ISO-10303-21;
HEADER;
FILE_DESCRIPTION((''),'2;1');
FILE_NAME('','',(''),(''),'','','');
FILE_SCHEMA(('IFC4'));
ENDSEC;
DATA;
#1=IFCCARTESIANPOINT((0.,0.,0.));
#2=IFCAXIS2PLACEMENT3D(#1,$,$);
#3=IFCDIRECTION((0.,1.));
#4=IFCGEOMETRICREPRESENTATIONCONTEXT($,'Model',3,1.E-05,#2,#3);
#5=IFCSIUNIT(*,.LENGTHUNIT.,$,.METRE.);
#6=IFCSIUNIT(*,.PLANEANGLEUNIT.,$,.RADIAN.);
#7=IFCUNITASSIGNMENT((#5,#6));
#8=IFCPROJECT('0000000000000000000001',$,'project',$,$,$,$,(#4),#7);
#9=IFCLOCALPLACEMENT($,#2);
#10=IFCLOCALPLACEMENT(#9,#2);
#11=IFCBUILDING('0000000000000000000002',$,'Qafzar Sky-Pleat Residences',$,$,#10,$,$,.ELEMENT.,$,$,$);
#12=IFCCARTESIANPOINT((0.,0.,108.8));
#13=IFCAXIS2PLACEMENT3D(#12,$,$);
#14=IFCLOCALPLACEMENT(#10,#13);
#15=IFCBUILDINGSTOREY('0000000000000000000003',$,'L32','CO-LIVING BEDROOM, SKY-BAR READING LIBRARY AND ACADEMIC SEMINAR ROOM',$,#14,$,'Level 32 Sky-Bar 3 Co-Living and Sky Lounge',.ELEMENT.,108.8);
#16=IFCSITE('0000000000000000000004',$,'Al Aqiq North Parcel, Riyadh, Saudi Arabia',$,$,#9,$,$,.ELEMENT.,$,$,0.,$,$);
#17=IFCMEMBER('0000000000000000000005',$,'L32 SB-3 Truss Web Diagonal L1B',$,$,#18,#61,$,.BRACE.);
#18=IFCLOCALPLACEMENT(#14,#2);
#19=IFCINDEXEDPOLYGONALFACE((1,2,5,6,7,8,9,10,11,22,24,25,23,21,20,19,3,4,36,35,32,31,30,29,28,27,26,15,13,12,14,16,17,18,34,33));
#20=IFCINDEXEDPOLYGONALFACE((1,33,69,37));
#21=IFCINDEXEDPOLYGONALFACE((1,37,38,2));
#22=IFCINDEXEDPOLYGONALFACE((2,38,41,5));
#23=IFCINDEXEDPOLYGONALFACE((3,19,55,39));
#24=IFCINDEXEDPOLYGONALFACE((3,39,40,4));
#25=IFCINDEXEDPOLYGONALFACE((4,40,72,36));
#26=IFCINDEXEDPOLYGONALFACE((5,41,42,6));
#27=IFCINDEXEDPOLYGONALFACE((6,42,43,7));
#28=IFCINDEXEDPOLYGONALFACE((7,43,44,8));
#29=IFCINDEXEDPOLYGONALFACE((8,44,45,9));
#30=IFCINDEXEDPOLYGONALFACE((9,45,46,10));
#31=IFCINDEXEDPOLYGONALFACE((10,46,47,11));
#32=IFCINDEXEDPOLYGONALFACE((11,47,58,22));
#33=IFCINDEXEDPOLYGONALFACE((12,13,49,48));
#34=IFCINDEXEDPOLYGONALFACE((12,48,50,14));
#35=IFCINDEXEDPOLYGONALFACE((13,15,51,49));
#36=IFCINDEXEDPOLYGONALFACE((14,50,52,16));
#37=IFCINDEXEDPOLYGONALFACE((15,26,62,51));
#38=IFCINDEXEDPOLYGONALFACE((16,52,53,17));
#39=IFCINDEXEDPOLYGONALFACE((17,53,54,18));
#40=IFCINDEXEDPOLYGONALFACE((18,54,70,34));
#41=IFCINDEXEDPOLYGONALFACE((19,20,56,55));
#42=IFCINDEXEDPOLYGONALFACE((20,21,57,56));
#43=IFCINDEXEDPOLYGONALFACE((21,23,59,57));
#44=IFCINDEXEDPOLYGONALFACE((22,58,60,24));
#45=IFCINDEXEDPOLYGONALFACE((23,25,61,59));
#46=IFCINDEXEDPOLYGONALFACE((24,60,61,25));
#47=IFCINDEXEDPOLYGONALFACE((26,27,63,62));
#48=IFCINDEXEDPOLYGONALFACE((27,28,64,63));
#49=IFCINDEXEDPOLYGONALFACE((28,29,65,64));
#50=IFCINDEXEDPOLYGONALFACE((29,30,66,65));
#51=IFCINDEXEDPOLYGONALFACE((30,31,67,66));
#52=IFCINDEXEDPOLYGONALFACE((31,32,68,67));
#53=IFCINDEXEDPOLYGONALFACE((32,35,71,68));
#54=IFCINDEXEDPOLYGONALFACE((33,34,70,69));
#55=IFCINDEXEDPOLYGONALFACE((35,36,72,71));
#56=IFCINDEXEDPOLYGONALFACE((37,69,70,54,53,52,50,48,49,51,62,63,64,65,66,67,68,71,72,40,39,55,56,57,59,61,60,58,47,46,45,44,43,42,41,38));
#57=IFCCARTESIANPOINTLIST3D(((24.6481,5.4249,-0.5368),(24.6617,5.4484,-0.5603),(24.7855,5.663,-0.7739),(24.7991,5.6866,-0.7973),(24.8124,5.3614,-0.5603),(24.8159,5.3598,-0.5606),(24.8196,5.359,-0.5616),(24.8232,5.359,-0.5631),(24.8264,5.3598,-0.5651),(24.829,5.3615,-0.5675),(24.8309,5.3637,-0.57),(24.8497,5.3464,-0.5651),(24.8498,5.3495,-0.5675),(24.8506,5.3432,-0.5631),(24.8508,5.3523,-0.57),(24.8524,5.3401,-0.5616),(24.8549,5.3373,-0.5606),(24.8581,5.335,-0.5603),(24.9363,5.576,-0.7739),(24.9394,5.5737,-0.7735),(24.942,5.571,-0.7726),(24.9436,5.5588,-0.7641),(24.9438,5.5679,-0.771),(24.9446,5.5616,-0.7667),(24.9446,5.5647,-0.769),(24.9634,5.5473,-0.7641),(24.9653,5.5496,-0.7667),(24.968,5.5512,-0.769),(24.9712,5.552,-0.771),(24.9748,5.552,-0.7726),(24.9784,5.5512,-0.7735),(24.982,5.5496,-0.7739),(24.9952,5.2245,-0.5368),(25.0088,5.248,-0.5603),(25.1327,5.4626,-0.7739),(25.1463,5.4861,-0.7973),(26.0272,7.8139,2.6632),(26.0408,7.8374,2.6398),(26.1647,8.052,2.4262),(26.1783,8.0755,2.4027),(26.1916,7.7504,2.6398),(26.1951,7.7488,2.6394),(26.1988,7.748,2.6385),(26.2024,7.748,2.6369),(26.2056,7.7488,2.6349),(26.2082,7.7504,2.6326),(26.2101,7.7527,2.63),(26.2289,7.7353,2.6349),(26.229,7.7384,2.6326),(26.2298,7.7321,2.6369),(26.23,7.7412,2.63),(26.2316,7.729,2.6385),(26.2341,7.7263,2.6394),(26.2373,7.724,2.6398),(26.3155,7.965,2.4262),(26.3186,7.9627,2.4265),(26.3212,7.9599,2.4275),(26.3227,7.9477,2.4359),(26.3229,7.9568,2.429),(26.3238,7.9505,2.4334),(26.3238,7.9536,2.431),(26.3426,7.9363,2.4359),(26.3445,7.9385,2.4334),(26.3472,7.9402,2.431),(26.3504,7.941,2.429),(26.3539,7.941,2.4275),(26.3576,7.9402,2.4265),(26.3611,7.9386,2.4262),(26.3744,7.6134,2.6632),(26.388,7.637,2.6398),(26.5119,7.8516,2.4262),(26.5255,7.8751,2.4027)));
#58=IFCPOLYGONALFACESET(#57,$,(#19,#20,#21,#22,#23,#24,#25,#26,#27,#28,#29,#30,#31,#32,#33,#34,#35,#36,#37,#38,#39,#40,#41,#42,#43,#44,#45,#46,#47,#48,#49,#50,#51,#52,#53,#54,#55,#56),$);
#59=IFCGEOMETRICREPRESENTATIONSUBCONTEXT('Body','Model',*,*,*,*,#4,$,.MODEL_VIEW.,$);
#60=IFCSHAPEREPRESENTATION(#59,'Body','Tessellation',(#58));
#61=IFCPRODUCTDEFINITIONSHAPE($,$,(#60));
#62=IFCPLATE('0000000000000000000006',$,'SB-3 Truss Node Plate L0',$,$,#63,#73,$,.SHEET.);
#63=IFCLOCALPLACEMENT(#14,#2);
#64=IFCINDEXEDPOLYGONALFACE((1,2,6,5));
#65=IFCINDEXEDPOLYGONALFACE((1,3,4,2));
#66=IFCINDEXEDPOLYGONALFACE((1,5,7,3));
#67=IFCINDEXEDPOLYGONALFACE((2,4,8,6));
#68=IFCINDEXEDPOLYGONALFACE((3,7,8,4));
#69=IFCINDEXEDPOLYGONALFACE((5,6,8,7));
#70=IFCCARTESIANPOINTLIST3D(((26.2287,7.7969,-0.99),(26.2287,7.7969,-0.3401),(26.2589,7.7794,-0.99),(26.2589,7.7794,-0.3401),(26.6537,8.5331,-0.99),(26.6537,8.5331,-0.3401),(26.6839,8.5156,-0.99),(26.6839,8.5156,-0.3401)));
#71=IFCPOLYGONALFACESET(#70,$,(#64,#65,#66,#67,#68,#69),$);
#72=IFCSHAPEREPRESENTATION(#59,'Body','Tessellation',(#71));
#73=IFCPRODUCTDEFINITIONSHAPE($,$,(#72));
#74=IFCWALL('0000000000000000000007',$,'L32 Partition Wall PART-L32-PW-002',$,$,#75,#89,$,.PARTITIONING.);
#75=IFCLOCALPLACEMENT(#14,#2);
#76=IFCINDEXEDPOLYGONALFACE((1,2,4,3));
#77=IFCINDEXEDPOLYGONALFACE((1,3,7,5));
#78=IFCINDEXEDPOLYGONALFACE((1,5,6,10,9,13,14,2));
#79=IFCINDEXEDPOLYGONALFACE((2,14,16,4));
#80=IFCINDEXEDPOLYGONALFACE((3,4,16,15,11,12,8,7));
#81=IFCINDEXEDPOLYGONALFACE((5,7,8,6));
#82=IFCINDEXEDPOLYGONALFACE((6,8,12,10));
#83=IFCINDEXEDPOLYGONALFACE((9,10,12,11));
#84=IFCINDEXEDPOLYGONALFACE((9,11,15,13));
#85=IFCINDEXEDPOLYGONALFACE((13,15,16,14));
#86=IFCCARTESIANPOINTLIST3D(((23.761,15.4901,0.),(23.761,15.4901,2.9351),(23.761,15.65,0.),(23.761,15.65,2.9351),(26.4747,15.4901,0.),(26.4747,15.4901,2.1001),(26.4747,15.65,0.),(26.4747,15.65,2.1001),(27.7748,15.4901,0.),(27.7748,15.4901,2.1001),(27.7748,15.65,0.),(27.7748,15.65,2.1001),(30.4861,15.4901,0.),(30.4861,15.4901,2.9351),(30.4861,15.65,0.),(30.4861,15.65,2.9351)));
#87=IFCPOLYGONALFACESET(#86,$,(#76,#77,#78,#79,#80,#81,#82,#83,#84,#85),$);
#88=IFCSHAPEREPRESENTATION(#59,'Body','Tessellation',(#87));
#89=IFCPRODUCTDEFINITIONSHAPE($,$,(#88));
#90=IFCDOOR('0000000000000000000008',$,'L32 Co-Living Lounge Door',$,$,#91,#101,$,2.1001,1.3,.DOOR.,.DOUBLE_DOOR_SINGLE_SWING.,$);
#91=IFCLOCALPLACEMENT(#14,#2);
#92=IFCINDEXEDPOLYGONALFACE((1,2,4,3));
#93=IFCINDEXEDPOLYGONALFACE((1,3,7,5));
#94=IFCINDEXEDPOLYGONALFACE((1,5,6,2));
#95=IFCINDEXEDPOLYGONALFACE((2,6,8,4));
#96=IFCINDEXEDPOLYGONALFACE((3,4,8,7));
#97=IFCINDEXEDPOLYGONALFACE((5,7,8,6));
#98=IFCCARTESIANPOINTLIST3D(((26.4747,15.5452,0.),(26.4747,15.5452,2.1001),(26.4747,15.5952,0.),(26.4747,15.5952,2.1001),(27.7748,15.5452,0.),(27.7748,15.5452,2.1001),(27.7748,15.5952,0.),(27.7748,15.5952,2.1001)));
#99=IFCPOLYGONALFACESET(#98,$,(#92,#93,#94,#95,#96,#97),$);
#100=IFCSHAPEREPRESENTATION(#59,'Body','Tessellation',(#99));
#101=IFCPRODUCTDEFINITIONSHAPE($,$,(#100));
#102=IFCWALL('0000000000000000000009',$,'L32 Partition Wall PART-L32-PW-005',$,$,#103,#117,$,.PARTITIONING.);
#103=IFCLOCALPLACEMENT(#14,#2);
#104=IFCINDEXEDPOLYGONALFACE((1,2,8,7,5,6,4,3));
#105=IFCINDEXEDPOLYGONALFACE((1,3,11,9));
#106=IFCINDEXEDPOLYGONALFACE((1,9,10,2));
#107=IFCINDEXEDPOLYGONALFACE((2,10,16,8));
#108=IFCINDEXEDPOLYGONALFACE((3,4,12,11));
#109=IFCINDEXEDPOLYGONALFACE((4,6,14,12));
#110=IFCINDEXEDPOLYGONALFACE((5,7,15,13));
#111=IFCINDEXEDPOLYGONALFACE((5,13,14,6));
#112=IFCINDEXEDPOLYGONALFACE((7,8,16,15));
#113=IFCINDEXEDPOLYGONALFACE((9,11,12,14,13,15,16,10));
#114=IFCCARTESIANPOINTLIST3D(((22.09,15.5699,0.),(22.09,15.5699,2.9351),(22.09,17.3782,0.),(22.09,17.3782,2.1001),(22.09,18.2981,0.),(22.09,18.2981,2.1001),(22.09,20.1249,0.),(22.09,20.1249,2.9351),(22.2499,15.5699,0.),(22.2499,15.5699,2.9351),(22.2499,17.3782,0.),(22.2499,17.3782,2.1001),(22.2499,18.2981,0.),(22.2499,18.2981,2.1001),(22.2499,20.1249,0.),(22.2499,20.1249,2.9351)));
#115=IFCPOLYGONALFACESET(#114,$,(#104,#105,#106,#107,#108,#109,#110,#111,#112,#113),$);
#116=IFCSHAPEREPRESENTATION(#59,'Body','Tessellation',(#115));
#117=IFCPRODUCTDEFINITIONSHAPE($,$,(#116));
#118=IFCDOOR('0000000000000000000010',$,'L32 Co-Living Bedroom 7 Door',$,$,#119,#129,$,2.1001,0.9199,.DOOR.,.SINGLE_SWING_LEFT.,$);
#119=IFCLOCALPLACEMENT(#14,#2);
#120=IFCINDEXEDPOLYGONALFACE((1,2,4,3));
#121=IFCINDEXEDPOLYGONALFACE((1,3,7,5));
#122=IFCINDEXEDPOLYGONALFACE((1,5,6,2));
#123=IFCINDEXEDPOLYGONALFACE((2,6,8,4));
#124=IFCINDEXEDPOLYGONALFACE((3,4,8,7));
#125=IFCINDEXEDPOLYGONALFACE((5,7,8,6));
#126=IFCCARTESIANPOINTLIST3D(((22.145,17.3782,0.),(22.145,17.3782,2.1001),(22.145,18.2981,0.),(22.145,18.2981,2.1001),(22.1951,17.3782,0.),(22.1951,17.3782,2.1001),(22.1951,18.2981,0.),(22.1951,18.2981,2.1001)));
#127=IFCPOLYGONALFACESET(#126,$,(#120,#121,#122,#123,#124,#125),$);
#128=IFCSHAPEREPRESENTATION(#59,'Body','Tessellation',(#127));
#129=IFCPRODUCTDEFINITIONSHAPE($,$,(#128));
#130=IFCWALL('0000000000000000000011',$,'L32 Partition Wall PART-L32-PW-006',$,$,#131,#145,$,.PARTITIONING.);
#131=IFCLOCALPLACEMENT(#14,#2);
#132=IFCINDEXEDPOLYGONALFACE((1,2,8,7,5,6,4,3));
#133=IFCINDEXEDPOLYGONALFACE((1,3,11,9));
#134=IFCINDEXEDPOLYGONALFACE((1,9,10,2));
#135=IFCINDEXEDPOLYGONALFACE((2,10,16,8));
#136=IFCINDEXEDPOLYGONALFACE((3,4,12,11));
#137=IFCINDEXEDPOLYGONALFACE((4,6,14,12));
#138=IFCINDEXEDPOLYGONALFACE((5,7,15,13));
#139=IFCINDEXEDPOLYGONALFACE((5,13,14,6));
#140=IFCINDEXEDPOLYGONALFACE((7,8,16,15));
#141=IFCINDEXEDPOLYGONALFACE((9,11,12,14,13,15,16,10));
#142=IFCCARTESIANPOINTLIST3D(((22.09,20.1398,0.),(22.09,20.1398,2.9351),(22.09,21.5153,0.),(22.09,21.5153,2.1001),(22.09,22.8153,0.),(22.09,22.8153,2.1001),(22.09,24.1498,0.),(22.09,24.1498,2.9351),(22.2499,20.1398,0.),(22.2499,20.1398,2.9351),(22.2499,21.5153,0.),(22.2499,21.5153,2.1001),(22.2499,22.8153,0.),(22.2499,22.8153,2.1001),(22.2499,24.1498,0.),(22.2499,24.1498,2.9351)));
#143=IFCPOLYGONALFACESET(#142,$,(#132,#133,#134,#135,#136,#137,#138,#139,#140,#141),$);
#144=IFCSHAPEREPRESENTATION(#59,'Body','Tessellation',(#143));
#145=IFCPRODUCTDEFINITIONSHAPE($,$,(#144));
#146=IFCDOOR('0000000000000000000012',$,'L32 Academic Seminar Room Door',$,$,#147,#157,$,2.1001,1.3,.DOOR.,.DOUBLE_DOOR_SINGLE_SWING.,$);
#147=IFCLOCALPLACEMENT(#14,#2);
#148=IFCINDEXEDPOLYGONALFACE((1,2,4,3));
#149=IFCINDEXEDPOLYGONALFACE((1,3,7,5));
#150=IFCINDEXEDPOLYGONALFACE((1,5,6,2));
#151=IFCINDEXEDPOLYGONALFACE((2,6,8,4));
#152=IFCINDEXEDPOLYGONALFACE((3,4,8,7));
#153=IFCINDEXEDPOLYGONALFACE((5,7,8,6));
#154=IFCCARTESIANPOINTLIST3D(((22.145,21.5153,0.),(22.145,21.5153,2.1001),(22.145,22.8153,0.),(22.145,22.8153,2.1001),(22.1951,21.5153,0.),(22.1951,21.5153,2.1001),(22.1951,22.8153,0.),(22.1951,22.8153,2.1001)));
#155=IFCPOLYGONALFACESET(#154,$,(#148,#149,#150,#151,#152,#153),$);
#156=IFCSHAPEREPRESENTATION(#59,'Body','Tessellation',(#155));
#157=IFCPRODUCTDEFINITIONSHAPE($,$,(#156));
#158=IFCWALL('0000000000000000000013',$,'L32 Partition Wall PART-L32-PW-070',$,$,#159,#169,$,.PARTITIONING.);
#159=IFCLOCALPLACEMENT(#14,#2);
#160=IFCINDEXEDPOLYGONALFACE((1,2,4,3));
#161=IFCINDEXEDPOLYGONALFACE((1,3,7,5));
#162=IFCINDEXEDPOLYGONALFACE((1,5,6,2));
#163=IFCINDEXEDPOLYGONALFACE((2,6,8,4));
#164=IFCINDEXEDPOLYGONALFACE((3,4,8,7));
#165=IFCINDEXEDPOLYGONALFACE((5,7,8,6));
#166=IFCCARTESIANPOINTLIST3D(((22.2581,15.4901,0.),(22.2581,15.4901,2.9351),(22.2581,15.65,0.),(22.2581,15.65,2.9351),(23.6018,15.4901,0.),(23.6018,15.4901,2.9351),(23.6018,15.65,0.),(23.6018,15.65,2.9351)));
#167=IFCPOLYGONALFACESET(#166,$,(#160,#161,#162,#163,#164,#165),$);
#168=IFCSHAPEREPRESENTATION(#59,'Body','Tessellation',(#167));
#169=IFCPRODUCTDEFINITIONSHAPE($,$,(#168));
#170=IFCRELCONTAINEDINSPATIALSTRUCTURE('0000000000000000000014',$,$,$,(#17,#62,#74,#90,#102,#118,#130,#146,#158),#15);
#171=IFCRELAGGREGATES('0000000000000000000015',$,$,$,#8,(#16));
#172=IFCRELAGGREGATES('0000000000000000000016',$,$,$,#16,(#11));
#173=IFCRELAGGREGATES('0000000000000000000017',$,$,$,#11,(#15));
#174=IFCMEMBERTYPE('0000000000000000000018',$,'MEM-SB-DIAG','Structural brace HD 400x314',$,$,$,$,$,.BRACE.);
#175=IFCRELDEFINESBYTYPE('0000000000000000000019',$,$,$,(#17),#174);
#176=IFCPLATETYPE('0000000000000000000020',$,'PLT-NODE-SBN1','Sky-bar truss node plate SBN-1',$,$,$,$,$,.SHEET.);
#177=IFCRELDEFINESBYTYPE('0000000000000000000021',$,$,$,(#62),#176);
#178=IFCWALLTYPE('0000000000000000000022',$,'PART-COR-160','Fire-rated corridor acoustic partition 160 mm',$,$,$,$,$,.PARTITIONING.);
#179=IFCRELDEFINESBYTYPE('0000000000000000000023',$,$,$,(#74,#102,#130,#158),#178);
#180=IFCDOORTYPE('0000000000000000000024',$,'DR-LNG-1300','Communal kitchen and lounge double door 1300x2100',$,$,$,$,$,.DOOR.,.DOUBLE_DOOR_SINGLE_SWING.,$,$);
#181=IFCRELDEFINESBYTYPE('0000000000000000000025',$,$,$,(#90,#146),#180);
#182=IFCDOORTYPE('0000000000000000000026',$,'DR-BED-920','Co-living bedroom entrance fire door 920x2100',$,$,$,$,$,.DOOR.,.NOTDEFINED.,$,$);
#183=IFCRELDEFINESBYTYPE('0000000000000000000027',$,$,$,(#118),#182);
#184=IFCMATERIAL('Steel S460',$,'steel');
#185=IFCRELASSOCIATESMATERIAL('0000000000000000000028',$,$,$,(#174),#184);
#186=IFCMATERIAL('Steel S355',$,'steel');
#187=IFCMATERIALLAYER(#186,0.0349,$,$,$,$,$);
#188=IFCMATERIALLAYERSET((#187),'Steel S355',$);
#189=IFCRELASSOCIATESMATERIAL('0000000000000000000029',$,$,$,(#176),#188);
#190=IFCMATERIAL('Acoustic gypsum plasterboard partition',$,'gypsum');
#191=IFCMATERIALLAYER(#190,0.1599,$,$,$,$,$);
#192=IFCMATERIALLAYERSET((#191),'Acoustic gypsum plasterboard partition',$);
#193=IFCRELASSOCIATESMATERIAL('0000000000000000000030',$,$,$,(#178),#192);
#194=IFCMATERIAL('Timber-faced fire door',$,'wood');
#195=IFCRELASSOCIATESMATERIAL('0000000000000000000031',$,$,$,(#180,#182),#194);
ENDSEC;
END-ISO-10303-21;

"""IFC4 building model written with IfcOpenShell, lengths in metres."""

from ifc_helpers import new_model, si_unit, direction, frame, frame_2d, origin, origin_2d, place, context, subcontext, project, spatial, rectangle, i_section, extrude, source, transform, mapped, material, layer, layer_set, material_profile, profile_set, type_object, element, fill, save


model = new_model("IFC4")

# Units and contexts
model_context = context("Model", 3, precision=1e-05, world=origin(), true_north=direction((0.0, 1.0)))
body_context = subcontext(model_context, "Body", "Model", "MODEL_VIEW")
ifc_project = project(units=[si_unit("LENGTHUNIT", "METRE"), si_unit("PLANEANGLEUNIT", "RADIAN")], contexts=[model_context])

# Site, building, storey
site_placement = place(None, origin())
site = spatial("IfcSite", under=ifc_project, at=site_placement, Name="Al Aqiq North Parcel, Riyadh, Saudi Arabia", CompositionType="ELEMENT", RefElevation=0.0)
building_placement = place(site_placement, origin())
building = spatial("IfcBuilding", under=site, at=building_placement, Name="Qafzar Sky-Pleat Residences", CompositionType="ELEMENT")
storey_placement = place(building_placement, frame((0.0, 0.0, 108.8)))
storey = spatial("IfcBuildingStorey", under=building, at=storey_placement, Name="L32", Description="CO-LIVING BEDROOM, SKY-BAR READING LIBRARY AND ACADEMIC SEMINAR ROOM", LongName="Level 32 Sky-Bar 3 Co-Living and Sky Lounge", CompositionType="ELEMENT", Elevation=108.8)

# Shared definitions
ifc_material_1 = material(Name="Steel S355", Category="steel")
ifc_material_2 = material(Name="Steel S460", Category="steel")

# Member
ifc_material_profile_1 = material_profile(ifc_material_2, i_section(OverallWidth=0.4009, OverallDepth=0.3989, WebThickness=0.0229, FlangeThickness=0.0359, FilletRadius=0.0149, at=origin_2d()), Name="HD 400x314")
ifc_profile_set_1 = profile_set([ifc_material_profile_1], Name="Steel S460")
member_type_1 = type_object("IfcMemberType", Name="MEM-SB-DIAG", Description="Structural brace HD 400x314", PredefinedType="BRACE", material=ifc_profile_set_1)
shared_shape_1 = source(origin(), body_context, "Body", "SweptSolid", [
    extrude(i_section(OverallWidth=0.4009, OverallDepth=0.3989, WebThickness=0.0229, FlangeThickness=0.0359, FilletRadius=0.0149, at=origin_2d()), origin(), (0.0, 0.0, 1.0), 4.2249),
])
for number, where, z_axis, x_axis, name in (
    (1, (26.2764, 7.8445, 2.533), (-0.326444, -0.565455, -0.757427), (0.86604, -0.499975, 0.0), "L32 SB-3 Truss Web Diagonal L1B"),
):
    element("IfcMember", number, at=place(storey_placement, frame(where, z_axis=z_axis, x_axis=x_axis)), inside=storey, type_object=member_type_1, Name=name, PredefinedType="BRACE", context=body_context, shape_type="MappedRepresentation", body=[
        mapped(shared_shape_1, transform((0.0, 0.0, 0.0), x_axis=(1.0, 0.0, 0.0), y_axis=(0.0, 1.0, 0.0), z_axis=(0.0, 0.0, 1.0), scale=1.0)),
    ])

# Plate
ifc_layer_1 = layer(ifc_material_1, 0.0349)
ifc_layer_set_1 = layer_set([ifc_layer_1], Name="Steel S355")
plate_type = type_object("IfcPlateType", Name="PLT-NODE-SBN1", Description="Sky-bar truss node plate SBN-1", PredefinedType="SHEET", material=ifc_layer_set_1)
shared_shape_2 = source(origin(), body_context, "Body", "SweptSolid", [
    extrude(rectangle(XDim=0.8501, YDim=0.0349, at=origin_2d()), origin(), (0.0, 0.0, 1.0), 0.6499),
])
plate_placement = place(storey_placement, frame((26.4563, 8.1562, -0.99), z_axis=(0.0, 0.0, 1.0), x_axis=(-0.5, -0.866025, 0.0)))
element("IfcPlate", 2, at=plate_placement, inside=storey, type_object=plate_type, Name="SB-3 Truss Node Plate L0", PredefinedType="SHEET", context=body_context, shape_type="MappedRepresentation", body=[
    mapped(shared_shape_2, transform((0.0, 0.0, 0.0), x_axis=(1.0, 0.0, 0.0), y_axis=(0.0, 1.0, 0.0), z_axis=(0.0, 0.0, 1.0), scale=1.0)),
])

# Walls, openings, doors
ifc_material_3 = material(Name="Acoustic gypsum plasterboard partition", Category="gypsum")
ifc_layer_2 = layer(ifc_material_3, 0.1599)
ifc_layer_set_2 = layer_set([ifc_layer_2], Name="Acoustic gypsum plasterboard partition")
wall_type_1 = type_object("IfcWallType", Name="PART-COR-160", Description="Fire-rated corridor acoustic partition 160 mm", PredefinedType="PARTITIONING", material=ifc_layer_set_2)
wall_1_placement = place(storey_placement, frame((30.4861, 15.5701, 0.0), z_axis=(0.0, 0.0, 1.0), x_axis=(-1.0, 0.0, 0.0)))
wall_1 = element("IfcWall", 3, at=wall_1_placement, inside=storey, type_object=wall_type_1, Name="L32 Partition Wall PART-L32-PW-002", PredefinedType="PARTITIONING", context=body_context, shape_type="SweptSolid", body=[
    extrude(rectangle(XDim=6.7251, YDim=0.1599, at=frame_2d((3.3625, 0.0))), origin(), (0.0, 0.0, 1.0), 2.9351),
])
opening_1_placement = place(wall_1_placement, frame((2.7114, 0.0, 0.0)))
opening_1 = element("IfcOpeningElement", 4, at=opening_1_placement, cuts=wall_1, PredefinedType="OPENING", context=body_context, shape_type="SweptSolid", body=[
    extrude(rectangle(XDim=1.3, YDim=2.1001, at=frame_2d((0.6499, 1.05))), frame((0.0, 0.0898, 0.0), z_axis=(0.0, -1.0, 0.0), x_axis=(1.0, 0.0, 0.0)), (0.0, 0.0, 1.0), 0.1799),
])
ifc_material_4 = material(Name="Timber-faced fire door", Category="wood")
door_type_1 = type_object("IfcDoorType", Name="DR-LNG-1300", Description="Communal kitchen and lounge double door 1300x2100", OperationType="DOUBLE_DOOR_SINGLE_SWING", PredefinedType="DOOR", material=ifc_material_4)
shared_shape_3 = source(origin(), body_context, "Body", "SweptSolid", [
    extrude(rectangle(XDim=1.3, YDim=2.1001, at=frame_2d((0.6499, 1.05))), frame((0.0, 0.0249, 0.0), z_axis=(0.0, -1.0, 0.0), x_axis=(1.0, 0.0, 0.0)), (0.0, 0.0, 1.0), 0.05),
])
door_1_placement = place(opening_1_placement, origin())
door_1 = element("IfcDoor", 5, at=door_1_placement, inside=storey, type_object=door_type_1, Name="L32 Co-Living Lounge Door", OperationType="DOUBLE_DOOR_SINGLE_SWING", OverallHeight=2.1001, OverallWidth=1.3, PredefinedType="DOOR", context=body_context, shape_type="MappedRepresentation", body=[
    mapped(shared_shape_3, transform((0.0, 0.0, 0.0), x_axis=(1.0, 0.0, 0.0), y_axis=(0.0, 1.0, 0.0), z_axis=(0.0, 0.0, 1.0), scale=1.0)),
])
fill(opening_1, door_1)
wall_2_placement = place(storey_placement, frame((22.1699, 15.5701, 0.0), z_axis=(0.0, 0.0, 1.0), x_axis=(0.0, 1.0, 0.0)))
wall_2 = element("IfcWall", 6, at=wall_2_placement, inside=storey, type_object=wall_type_1, Name="L32 Partition Wall PART-L32-PW-005", PredefinedType="PARTITIONING", context=body_context, shape_type="SweptSolid", body=[
    extrude(rectangle(XDim=4.5549, YDim=0.1599, at=frame_2d((2.2773, 0.0))), origin(), (0.0, 0.0, 1.0), 2.9351),
])
opening_2_placement = place(wall_2_placement, frame((1.8081, 0.0, 0.0)))
opening_2 = element("IfcOpeningElement", 7, at=opening_2_placement, cuts=wall_2, PredefinedType="OPENING", context=body_context, shape_type="SweptSolid", body=[
    extrude(rectangle(XDim=0.9199, YDim=2.1001, at=frame_2d((0.46, 1.05))), frame((0.0, 0.0898, 0.0), z_axis=(0.0, -1.0, 0.0), x_axis=(1.0, 0.0, 0.0)), (0.0, 0.0, 1.0), 0.1799),
])
door_type_2 = type_object("IfcDoorType", Name="DR-BED-920", Description="Co-living bedroom entrance fire door 920x2100", OperationType="NOTDEFINED", PredefinedType="DOOR", material=ifc_material_4)
shared_shape_4 = source(origin(), body_context, "Body", "SweptSolid", [
    extrude(rectangle(XDim=0.9199, YDim=2.1001, at=frame_2d((0.46, 1.05))), frame((0.0, 0.0249, 0.0), z_axis=(0.0, -1.0, 0.0), x_axis=(1.0, 0.0, 0.0)), (0.0, 0.0, 1.0), 0.05),
])
door_2_placement = place(opening_2_placement, origin())
door_2 = element("IfcDoor", 8, at=door_2_placement, inside=storey, type_object=door_type_2, Name="L32 Co-Living Bedroom 7 Door", OperationType="SINGLE_SWING_LEFT", OverallHeight=2.1001, OverallWidth=0.9199, PredefinedType="DOOR", context=body_context, shape_type="MappedRepresentation", body=[
    mapped(shared_shape_4, transform((0.0, 0.0, 0.0), x_axis=(1.0, 0.0, 0.0), y_axis=(0.0, 1.0, 0.0), z_axis=(0.0, 0.0, 1.0), scale=1.0)),
])
fill(opening_2, door_2)
wall_3_placement = place(storey_placement, frame((22.1699, 20.1399, 0.0), z_axis=(0.0, 0.0, 1.0), x_axis=(0.0, 1.0, 0.0)))
wall_3 = element("IfcWall", 9, at=wall_3_placement, inside=storey, type_object=wall_type_1, Name="L32 Partition Wall PART-L32-PW-006", PredefinedType="PARTITIONING", context=body_context, shape_type="SweptSolid", body=[
    extrude(rectangle(XDim=4.01, YDim=0.1599, at=frame_2d((2.0049, 0.0))), origin(), (0.0, 0.0, 1.0), 2.9351),
])
opening_3_placement = place(wall_3_placement, frame((1.3755, 0.0, 0.0)))
opening_3 = element("IfcOpeningElement", 10, at=opening_3_placement, cuts=wall_3, PredefinedType="OPENING", context=body_context, shape_type="SweptSolid", body=[
    extrude(rectangle(XDim=1.3, YDim=2.1001, at=frame_2d((0.6499, 1.05))), frame((0.0, 0.0898, 0.0), z_axis=(0.0, -1.0, 0.0), x_axis=(1.0, 0.0, 0.0)), (0.0, 0.0, 1.0), 0.1799),
])
door_3_placement = place(opening_3_placement, origin())
door_3 = element("IfcDoor", 11, at=door_3_placement, inside=storey, type_object=door_type_1, Name="L32 Academic Seminar Room Door", OperationType="DOUBLE_DOOR_SINGLE_SWING", OverallHeight=2.1001, OverallWidth=1.3, PredefinedType="DOOR", context=body_context, shape_type="MappedRepresentation", body=[
    mapped(shared_shape_3, transform((0.0, 0.0, 0.0), x_axis=(1.0, 0.0, 0.0), y_axis=(0.0, 1.0, 0.0), z_axis=(0.0, 0.0, 1.0), scale=1.0)),
])
fill(opening_3, door_3)

# Wall
wall_4_placement = place(storey_placement, frame((22.2581, 15.5701, 0.0), z_axis=(0.0, 0.0, 1.0), x_axis=(1.0, 0.0, 0.0)))
element("IfcWall", 12, at=wall_4_placement, inside=storey, type_object=wall_type_1, Name="L32 Partition Wall PART-L32-PW-070", PredefinedType="PARTITIONING", context=body_context, shape_type="SweptSolid", body=[
    extrude(rectangle(XDim=1.3438, YDim=0.1599, at=frame_2d((0.6719, 0.0))), origin(), (0.0, 0.0, 1.0), 2.9351),
])

save(model, "model.ifc")
